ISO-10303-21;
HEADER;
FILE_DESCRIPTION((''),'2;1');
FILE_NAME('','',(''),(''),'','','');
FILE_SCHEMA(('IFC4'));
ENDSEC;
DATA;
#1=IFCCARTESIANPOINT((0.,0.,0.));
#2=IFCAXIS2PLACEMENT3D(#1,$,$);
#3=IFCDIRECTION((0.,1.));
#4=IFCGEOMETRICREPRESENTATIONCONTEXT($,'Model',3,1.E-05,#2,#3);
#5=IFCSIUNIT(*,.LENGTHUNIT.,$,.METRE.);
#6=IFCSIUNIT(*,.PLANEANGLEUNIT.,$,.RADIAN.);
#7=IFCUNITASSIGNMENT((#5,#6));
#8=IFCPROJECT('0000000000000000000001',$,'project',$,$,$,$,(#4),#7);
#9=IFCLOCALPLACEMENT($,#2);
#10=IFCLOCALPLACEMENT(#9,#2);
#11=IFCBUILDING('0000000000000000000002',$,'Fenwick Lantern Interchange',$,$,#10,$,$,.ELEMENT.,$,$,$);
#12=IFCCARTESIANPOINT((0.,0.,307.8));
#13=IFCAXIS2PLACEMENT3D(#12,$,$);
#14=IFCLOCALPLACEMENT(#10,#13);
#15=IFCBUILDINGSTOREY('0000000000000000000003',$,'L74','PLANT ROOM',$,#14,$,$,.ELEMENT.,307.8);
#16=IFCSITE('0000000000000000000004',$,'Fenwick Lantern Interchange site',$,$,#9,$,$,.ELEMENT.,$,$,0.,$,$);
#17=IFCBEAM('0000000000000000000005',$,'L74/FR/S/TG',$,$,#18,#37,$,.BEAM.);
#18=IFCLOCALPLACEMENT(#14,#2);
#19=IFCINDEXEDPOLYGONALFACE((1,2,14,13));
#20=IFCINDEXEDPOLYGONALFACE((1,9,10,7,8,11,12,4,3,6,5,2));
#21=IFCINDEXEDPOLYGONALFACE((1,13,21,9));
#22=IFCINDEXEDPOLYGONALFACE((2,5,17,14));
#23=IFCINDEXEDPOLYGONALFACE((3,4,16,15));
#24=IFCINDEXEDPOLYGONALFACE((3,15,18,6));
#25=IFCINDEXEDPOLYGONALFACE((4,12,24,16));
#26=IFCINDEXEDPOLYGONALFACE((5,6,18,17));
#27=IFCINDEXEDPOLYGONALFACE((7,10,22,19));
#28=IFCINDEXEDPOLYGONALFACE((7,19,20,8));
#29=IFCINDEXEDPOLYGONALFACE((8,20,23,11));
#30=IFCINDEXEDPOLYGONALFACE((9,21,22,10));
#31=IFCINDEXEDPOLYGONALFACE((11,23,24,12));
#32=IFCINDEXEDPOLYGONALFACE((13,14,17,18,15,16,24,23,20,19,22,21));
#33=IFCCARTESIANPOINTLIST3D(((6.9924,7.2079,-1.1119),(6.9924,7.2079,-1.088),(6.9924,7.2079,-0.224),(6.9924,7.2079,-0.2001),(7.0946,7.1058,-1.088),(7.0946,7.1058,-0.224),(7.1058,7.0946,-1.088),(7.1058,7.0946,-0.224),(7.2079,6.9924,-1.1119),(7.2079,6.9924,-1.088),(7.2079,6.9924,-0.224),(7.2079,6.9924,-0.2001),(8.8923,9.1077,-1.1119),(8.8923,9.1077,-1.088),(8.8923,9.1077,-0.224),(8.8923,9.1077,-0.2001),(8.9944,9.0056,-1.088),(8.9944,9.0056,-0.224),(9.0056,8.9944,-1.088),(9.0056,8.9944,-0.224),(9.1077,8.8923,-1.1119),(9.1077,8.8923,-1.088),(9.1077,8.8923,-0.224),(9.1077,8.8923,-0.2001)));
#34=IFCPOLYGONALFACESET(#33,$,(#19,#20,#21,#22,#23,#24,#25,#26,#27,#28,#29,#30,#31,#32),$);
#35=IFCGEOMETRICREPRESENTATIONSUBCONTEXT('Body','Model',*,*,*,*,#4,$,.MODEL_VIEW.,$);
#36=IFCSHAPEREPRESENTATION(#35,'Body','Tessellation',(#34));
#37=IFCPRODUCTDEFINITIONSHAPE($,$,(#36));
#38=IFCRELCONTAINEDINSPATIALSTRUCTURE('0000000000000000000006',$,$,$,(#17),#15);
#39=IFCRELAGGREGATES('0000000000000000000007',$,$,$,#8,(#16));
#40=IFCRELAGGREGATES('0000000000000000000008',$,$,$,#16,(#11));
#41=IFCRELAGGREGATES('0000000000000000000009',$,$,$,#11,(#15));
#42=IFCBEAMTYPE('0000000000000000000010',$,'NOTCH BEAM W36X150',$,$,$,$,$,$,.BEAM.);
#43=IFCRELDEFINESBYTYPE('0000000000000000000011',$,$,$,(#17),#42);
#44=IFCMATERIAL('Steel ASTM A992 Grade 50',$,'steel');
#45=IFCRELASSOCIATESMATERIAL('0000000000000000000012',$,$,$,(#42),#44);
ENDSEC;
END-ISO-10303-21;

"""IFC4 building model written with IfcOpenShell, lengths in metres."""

from ifc_helpers import new_model, si_unit, direction, frame, origin, origin_2d, place, context, subcontext, project, spatial, i_section, extrude, material, material_profile, profile_set, type_object, element, save


model = new_model("IFC4")

# Units and contexts
model_context = context("Model", 3, precision=1e-05, world=origin(), true_north=direction((0.0, 1.0)))
body_context = subcontext(model_context, "Body", "Model", "MODEL_VIEW")
ifc_project = project(units=[si_unit("LENGTHUNIT", "METRE"), si_unit("PLANEANGLEUNIT", "RADIAN")], contexts=[model_context])

# Site, building, storey
site_placement = place(None, origin())
site = spatial("IfcSite", under=ifc_project, at=site_placement, Name="Fenwick Lantern Interchange site", CompositionType="ELEMENT", RefElevation=0.0)
building_placement = place(site_placement, origin())
building = spatial("IfcBuilding", under=site, at=building_placement, Name="Fenwick Lantern Interchange", CompositionType="ELEMENT")
storey_placement = place(building_placement, frame((0.0, 0.0, 307.8)))
storey = spatial("IfcBuildingStorey", under=building, at=storey_placement, Name="L74", Description="PLANT ROOM", CompositionType="ELEMENT", Elevation=307.8)

# Shared definitions
ifc_material_1 = material(Name="Steel ASTM A992 Grade 50", Category="steel")

# Beam
ifc_material_profile_1 = material_profile(ifc_material_1, i_section(OverallWidth=0.3047, OverallDepth=0.9119, WebThickness=0.0159, FlangeThickness=0.0239, at=origin_2d()), Name="W36X150")
ifc_profile_set_1 = profile_set([ifc_material_profile_1], Name="Steel ASTM A992 Grade 50")
beam_type_1 = type_object("IfcBeamType", Name="NOTCH BEAM W36X150", PredefinedType="BEAM", material=ifc_profile_set_1)
beam_1_placement = place(storey_placement, frame((9.0, 9.0, -0.656), z_axis=(-0.707107, -0.707107, 0.0), x_axis=(0.707107, -0.707107, 0.0)))
element("IfcBeam", 1, at=beam_1_placement, inside=storey, type_object=beam_type_1, Name="L74/FR/S/TG", PredefinedType="BEAM", context=body_context, shape_type="SweptSolid", body=[
    extrude(i_section(OverallWidth=0.3047, OverallDepth=0.9119, WebThickness=0.0159, FlangeThickness=0.0239, at=origin_2d()), origin(), (0.0, 0.0, 1.0), 2.6868),
])

save(model, "model.ifc")
